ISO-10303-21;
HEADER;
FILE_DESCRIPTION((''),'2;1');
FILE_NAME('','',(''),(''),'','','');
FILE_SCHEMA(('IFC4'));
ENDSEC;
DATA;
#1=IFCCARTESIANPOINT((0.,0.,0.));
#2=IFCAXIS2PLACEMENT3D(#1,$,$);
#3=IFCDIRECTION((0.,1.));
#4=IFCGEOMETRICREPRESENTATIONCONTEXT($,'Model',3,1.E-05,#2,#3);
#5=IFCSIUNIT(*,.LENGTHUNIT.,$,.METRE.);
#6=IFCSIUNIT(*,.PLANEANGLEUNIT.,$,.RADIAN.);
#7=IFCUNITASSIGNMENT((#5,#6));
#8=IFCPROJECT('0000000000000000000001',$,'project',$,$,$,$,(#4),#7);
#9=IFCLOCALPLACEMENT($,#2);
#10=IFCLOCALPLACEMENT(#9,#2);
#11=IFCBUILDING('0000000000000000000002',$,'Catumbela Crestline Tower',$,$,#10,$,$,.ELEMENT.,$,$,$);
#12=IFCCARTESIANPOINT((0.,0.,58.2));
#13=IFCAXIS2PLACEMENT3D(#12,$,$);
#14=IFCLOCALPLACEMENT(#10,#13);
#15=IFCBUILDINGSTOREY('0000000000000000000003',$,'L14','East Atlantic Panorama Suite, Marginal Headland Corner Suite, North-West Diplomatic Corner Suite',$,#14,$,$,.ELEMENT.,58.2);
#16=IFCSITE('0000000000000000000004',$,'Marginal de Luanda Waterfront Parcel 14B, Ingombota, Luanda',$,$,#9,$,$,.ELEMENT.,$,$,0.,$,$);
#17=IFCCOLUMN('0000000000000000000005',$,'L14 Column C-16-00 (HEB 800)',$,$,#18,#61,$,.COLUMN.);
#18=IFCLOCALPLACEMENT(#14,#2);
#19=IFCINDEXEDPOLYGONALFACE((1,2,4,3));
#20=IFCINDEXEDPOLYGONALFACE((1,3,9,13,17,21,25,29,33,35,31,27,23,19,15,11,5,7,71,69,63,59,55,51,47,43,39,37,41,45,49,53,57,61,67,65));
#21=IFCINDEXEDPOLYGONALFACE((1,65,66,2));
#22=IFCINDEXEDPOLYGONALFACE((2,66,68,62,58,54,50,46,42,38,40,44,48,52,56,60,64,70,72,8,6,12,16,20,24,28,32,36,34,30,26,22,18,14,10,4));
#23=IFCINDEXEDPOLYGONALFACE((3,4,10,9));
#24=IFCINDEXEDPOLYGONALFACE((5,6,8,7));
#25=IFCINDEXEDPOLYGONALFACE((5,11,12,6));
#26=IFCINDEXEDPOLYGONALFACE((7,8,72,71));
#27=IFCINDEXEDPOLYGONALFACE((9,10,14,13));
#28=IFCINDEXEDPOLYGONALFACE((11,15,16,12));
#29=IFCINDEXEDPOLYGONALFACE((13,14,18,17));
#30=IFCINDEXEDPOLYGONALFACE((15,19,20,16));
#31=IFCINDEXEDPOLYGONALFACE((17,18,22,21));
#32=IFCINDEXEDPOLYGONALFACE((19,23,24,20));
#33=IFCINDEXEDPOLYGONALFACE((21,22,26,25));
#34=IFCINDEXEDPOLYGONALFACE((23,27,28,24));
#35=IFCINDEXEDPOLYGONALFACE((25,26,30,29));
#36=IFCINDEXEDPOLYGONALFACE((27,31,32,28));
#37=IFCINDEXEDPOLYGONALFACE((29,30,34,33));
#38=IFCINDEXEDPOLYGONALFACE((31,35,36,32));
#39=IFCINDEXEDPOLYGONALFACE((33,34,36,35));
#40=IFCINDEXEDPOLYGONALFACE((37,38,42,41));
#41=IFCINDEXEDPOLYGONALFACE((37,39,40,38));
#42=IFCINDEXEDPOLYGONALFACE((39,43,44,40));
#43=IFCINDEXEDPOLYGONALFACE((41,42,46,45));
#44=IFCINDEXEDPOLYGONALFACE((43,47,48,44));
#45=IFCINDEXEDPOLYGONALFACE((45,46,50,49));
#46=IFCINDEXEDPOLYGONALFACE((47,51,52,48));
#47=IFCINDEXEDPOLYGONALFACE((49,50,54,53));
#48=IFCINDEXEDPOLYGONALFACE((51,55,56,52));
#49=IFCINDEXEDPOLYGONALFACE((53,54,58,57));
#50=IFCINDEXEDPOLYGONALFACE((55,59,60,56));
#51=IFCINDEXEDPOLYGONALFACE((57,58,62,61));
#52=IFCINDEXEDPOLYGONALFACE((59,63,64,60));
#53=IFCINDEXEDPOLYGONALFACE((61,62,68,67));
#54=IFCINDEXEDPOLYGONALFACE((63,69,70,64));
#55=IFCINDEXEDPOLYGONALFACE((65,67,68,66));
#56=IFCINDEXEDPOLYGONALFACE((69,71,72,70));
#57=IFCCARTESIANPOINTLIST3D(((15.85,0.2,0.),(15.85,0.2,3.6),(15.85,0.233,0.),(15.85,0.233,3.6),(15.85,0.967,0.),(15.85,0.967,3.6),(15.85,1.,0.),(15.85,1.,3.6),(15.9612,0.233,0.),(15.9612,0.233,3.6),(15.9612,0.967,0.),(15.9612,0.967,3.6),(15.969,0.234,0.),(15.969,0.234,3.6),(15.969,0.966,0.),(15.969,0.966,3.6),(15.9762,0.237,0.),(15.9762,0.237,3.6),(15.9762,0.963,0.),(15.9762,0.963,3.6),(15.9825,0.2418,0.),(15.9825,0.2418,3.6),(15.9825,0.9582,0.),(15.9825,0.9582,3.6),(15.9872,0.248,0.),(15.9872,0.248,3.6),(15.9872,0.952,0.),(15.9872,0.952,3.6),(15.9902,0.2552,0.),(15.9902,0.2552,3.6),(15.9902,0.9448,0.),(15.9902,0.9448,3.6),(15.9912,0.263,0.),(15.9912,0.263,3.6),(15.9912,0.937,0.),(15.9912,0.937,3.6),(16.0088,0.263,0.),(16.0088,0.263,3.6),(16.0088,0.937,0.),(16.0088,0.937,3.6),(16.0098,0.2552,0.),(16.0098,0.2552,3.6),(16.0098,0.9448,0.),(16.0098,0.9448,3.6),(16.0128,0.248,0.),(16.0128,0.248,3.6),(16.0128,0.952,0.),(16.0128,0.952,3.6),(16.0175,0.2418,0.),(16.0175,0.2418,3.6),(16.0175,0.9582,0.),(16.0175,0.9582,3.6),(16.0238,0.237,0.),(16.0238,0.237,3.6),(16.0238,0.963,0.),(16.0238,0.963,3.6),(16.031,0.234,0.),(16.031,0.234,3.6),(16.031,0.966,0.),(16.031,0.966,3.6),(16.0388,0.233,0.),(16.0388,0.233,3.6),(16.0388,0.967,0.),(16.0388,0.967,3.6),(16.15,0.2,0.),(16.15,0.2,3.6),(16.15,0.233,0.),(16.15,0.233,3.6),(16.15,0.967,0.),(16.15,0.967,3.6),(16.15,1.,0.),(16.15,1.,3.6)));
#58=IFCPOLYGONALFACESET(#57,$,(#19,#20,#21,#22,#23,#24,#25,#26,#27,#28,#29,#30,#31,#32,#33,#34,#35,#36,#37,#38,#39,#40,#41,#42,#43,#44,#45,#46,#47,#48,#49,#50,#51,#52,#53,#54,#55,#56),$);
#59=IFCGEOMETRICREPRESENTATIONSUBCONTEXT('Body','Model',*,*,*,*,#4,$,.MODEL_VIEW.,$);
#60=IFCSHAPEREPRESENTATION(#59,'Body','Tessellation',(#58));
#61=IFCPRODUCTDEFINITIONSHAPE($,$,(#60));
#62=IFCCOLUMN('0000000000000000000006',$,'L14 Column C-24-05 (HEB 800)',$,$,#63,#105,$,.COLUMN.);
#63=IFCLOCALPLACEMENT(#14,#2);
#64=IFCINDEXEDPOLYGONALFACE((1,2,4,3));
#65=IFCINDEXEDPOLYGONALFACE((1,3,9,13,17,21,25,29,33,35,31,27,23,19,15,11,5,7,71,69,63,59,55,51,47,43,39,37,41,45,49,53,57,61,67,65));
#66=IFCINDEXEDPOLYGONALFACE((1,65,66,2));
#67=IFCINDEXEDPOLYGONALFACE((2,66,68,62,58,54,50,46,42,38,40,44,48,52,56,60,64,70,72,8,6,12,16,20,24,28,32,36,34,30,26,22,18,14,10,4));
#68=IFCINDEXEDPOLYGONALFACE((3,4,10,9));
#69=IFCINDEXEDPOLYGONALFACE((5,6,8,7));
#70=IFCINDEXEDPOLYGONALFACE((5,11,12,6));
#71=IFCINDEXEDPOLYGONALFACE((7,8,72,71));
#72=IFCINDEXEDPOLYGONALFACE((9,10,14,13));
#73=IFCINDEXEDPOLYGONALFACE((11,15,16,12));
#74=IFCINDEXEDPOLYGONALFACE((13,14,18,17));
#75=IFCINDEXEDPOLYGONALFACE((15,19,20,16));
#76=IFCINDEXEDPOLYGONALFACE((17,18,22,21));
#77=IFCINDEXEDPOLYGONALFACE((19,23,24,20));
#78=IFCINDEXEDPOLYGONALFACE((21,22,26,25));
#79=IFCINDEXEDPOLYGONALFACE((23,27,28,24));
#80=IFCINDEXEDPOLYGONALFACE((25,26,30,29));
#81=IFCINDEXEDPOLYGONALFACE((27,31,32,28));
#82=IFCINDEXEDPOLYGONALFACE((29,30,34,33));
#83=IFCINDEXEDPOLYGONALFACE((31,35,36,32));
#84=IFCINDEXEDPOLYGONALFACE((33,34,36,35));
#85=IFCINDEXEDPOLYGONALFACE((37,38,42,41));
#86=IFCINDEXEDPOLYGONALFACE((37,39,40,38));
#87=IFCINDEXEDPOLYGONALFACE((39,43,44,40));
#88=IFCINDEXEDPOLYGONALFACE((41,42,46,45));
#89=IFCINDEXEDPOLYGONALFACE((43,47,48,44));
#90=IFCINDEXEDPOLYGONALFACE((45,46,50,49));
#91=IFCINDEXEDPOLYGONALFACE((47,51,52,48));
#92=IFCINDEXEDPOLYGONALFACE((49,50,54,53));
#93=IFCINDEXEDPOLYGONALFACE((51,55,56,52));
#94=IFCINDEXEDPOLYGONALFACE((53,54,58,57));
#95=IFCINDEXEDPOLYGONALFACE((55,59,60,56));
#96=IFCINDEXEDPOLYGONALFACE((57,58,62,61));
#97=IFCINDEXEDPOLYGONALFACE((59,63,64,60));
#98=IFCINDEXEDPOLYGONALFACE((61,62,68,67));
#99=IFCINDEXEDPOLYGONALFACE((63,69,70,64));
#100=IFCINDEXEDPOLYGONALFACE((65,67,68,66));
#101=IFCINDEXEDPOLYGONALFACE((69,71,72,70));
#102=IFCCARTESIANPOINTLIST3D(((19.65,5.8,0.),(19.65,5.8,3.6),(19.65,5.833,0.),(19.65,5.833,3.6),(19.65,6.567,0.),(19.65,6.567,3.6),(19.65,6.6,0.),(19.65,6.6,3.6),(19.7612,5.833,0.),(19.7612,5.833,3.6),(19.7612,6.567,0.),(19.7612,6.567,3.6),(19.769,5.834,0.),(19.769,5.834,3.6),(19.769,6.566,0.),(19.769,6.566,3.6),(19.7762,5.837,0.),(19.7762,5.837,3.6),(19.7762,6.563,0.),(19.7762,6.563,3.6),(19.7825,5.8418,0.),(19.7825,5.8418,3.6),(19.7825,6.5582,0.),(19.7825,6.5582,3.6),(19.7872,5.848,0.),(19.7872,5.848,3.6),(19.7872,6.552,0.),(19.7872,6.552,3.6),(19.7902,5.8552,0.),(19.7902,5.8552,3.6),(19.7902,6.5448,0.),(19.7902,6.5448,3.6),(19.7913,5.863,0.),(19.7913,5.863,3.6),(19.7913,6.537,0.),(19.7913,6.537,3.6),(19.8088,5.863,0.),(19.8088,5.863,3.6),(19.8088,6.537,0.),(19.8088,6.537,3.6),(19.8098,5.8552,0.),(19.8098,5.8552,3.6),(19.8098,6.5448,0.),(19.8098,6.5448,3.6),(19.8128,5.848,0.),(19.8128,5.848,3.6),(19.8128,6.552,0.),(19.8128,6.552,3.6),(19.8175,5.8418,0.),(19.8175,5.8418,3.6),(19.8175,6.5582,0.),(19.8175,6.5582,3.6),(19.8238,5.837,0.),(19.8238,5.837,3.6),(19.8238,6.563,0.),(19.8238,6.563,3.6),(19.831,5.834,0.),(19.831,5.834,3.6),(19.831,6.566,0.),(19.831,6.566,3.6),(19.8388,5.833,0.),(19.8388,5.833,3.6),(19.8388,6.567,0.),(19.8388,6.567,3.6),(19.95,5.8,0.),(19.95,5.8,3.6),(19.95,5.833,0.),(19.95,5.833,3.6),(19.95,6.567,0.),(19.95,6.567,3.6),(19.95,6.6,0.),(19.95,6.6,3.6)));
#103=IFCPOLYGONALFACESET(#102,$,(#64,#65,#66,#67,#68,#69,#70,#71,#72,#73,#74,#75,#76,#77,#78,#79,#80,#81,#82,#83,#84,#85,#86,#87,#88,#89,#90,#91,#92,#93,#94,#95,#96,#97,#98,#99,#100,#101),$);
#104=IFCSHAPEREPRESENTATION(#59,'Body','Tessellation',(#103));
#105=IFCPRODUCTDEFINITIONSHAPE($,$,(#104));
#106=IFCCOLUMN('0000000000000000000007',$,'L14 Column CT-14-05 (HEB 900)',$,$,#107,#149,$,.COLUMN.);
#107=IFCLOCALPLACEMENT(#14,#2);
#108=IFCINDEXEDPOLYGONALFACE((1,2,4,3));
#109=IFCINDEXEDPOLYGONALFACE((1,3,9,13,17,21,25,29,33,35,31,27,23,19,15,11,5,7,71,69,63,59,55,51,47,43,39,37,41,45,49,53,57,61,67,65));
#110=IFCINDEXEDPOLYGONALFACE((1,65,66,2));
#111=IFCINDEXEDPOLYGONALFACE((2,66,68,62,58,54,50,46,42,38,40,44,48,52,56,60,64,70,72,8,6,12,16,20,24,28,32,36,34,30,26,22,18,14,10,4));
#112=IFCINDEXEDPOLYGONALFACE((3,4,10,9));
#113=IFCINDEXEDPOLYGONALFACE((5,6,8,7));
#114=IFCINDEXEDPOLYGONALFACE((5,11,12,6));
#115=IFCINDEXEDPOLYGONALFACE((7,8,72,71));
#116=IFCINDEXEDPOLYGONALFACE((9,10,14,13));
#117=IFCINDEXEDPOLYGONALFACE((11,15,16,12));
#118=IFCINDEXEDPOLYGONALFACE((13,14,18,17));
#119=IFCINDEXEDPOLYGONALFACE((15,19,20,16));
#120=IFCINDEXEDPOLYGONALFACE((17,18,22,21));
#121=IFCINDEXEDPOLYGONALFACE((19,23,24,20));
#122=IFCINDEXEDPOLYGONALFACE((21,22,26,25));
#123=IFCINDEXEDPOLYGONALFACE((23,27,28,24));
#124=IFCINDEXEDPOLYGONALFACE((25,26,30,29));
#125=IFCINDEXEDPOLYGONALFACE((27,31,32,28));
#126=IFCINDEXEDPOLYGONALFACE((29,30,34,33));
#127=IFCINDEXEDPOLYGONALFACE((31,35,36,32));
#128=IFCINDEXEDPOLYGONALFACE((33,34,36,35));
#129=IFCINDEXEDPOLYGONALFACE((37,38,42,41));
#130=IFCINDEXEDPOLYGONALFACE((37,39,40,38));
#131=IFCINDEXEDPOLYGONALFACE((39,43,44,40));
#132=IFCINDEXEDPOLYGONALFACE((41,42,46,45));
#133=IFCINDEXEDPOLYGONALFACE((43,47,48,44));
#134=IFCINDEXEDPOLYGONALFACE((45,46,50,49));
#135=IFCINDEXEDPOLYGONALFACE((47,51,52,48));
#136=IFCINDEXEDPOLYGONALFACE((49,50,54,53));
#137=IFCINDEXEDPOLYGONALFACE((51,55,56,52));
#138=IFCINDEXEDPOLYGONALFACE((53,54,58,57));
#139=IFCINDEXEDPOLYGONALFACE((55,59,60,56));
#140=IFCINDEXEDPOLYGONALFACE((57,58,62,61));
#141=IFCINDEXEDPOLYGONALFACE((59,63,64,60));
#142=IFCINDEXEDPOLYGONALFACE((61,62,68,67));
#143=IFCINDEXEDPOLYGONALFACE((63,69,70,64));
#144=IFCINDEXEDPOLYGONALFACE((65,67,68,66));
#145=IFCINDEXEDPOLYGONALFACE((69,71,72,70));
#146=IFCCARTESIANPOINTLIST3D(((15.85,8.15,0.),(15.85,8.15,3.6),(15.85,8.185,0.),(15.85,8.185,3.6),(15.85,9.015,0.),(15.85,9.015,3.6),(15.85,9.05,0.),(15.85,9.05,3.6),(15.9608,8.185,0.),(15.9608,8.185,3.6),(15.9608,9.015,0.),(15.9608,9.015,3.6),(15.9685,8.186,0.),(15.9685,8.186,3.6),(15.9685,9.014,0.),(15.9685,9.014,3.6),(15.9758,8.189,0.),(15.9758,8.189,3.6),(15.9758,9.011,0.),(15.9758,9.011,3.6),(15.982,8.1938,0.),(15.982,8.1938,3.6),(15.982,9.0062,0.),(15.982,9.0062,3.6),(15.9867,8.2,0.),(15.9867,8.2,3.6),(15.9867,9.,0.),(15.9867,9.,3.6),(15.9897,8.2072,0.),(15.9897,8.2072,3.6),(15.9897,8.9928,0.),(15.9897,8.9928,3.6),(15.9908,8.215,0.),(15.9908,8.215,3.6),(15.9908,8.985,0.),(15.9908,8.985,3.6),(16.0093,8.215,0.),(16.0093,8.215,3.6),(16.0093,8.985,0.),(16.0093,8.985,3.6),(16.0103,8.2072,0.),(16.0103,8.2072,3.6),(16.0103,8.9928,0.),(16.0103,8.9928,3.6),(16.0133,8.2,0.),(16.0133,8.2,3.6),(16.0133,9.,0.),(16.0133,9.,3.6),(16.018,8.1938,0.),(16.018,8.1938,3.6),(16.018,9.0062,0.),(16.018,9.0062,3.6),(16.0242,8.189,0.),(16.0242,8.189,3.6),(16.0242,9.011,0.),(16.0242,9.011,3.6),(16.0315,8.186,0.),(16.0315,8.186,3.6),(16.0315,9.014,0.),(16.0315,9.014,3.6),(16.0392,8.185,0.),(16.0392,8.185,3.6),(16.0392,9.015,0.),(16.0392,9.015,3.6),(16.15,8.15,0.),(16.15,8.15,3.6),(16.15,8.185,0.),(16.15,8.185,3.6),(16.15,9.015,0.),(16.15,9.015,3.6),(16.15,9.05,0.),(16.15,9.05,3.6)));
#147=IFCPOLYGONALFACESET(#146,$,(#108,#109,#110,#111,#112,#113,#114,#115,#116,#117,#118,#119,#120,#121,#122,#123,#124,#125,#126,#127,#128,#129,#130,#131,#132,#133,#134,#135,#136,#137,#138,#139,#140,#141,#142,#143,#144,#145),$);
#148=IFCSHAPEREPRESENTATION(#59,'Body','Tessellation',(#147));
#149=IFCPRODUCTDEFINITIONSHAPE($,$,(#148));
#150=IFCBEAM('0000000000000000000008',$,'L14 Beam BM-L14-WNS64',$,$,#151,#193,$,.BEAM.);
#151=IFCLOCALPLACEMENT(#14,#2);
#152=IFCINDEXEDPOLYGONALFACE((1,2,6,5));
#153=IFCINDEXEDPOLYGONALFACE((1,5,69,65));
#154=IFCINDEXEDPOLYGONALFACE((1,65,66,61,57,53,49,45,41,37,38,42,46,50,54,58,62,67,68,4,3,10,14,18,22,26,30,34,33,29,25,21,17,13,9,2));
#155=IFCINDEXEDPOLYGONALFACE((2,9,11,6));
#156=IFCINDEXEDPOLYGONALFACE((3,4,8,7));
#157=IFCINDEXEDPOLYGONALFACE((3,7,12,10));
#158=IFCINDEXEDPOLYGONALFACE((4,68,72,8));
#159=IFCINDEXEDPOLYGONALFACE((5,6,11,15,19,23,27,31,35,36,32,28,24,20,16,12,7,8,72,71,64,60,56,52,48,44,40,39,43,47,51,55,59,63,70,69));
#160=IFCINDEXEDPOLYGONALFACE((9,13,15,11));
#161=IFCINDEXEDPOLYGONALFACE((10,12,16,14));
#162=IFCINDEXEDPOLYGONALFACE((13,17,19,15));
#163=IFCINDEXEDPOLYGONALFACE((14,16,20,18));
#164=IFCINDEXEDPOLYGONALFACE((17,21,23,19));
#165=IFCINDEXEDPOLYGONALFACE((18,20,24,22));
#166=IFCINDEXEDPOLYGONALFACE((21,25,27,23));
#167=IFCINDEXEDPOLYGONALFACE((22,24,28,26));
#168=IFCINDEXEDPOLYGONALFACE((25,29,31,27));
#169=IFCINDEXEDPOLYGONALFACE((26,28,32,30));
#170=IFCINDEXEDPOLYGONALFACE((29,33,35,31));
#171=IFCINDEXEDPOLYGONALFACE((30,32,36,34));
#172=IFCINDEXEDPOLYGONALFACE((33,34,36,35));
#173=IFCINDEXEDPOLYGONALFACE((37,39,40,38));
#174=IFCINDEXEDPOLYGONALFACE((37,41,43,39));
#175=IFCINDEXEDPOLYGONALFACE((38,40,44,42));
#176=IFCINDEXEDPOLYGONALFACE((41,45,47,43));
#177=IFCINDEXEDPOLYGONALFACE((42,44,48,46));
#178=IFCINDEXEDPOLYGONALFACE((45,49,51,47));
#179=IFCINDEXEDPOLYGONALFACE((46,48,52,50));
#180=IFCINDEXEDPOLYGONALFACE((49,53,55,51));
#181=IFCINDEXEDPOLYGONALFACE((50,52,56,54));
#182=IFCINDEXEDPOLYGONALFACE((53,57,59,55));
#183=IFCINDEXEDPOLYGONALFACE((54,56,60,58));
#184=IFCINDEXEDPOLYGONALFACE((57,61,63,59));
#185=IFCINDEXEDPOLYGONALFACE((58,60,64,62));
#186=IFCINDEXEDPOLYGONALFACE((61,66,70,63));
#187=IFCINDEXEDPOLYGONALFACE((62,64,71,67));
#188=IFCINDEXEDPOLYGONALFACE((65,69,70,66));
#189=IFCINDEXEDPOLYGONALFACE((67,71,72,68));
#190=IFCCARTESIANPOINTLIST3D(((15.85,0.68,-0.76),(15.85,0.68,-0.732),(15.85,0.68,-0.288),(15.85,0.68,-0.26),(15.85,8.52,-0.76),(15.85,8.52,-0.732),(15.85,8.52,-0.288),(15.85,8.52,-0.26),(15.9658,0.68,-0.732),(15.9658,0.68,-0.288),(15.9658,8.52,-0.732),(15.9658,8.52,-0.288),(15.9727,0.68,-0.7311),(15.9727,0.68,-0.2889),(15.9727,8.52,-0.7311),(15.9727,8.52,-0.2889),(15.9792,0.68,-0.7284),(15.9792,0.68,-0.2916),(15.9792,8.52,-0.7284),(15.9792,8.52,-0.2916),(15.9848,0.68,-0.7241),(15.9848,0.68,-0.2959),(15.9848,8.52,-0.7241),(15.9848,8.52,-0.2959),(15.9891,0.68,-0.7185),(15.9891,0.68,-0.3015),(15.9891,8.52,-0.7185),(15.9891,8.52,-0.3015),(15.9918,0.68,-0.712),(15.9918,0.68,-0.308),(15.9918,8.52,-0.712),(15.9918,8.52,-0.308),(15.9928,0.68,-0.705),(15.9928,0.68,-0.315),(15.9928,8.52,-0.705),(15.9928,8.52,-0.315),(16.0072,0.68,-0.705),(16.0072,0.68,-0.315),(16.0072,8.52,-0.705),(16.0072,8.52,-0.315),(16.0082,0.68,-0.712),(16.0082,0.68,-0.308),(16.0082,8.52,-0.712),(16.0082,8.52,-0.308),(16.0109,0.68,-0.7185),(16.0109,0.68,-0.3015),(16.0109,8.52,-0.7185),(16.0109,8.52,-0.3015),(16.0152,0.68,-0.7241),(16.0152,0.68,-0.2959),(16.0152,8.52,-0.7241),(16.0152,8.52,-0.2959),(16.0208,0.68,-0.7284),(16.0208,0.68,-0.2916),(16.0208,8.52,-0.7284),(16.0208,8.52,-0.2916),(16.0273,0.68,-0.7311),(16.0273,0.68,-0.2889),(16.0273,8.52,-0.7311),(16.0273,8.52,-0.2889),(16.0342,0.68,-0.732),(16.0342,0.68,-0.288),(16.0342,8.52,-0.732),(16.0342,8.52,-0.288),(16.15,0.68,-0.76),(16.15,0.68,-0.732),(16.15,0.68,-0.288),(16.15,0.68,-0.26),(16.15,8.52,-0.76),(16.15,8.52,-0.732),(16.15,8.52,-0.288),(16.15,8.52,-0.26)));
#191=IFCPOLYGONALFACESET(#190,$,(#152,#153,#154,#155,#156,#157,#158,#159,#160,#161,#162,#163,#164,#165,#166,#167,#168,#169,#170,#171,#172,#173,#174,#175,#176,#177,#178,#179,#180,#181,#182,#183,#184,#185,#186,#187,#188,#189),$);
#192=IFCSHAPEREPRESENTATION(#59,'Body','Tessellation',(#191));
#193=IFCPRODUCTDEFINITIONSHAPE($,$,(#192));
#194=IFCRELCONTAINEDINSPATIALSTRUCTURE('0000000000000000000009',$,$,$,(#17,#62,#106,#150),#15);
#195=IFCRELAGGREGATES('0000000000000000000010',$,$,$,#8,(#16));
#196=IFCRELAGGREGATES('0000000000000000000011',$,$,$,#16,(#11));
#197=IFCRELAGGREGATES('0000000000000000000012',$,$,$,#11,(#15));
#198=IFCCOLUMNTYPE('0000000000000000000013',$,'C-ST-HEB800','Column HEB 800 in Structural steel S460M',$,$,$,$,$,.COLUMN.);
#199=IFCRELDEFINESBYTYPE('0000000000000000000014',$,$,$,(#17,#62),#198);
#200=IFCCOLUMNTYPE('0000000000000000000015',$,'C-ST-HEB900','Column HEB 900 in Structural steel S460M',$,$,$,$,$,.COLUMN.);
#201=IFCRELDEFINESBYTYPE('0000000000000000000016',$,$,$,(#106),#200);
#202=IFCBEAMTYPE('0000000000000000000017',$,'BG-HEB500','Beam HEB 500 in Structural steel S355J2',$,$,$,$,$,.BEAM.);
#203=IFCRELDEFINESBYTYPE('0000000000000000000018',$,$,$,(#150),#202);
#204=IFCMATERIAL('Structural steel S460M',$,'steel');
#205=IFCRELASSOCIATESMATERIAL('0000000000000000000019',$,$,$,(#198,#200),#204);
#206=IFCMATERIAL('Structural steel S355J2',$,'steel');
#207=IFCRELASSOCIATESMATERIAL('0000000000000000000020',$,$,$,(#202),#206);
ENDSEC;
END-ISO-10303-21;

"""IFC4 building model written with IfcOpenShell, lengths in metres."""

from ifc_helpers import new_model, si_unit, direction, frame, origin, origin_2d, place, context, subcontext, project, spatial, i_section, extrude, material, material_profile, profile_set, type_object, element, save


model = new_model("IFC4")

# Units and contexts
model_context = context("Model", 3, precision=1e-05, world=origin(), true_north=direction((0.0, 1.0)))
body_context = subcontext(model_context, "Body", "Model", "MODEL_VIEW")
ifc_project = project(units=[si_unit("LENGTHUNIT", "METRE"), si_unit("PLANEANGLEUNIT", "RADIAN")], contexts=[model_context])

# Site, building, storey
site_placement = place(None, origin())
site = spatial("IfcSite", under=ifc_project, at=site_placement, Name="Marginal de Luanda Waterfront Parcel 14B, Ingombota, Luanda", CompositionType="ELEMENT", RefElevation=0.0)
building_placement = place(site_placement, origin())
building = spatial("IfcBuilding", under=site, at=building_placement, Name="Catumbela Crestline Tower", CompositionType="ELEMENT")
storey_placement = place(building_placement, frame((0.0, 0.0, 58.2)))
storey = spatial("IfcBuildingStorey", under=building, at=storey_placement, Name="L14", Description="East Atlantic Panorama Suite, Marginal Headland Corner Suite, North-West Diplomatic Corner Suite", CompositionType="ELEMENT", Elevation=58.2)

# Columns
ifc_material_1 = material(Name="Structural steel S460M", Category="steel")
ifc_material_profile_1 = material_profile(ifc_material_1, i_section(OverallWidth=0.3, OverallDepth=0.8, WebThickness=0.0175, FlangeThickness=0.033, FilletRadius=0.03, at=origin_2d()), Name="HEB 800")
ifc_profile_set_1 = profile_set([ifc_material_profile_1], Name="Structural steel S460M")
column_type_1 = type_object("IfcColumnType", Name="C-ST-HEB800", Description="Column HEB 800 in Structural steel S460M", PredefinedType="COLUMN", material=ifc_profile_set_1)
for number, where, z_axis, x_axis, name in (
    (1, (16.0, 0.6, 0.0), (0.0, 0.0, 1.0), (1.0, 0.0, 0.0), "L14 Column C-16-00 (HEB 800)"),
    (2, (19.8, 6.2, 0.0), (0.0, 0.0, 1.0), (1.0, 0.0, 0.0), "L14 Column C-24-05 (HEB 800)"),
):
    element("IfcColumn", number, at=place(storey_placement, frame(where, z_axis=z_axis, x_axis=x_axis)), inside=storey, type_object=column_type_1, Name=name, PredefinedType="COLUMN", context=body_context, shape_type="SweptSolid", body=[
        extrude(i_section(OverallWidth=0.3, OverallDepth=0.8, WebThickness=0.0175, FlangeThickness=0.033, FilletRadius=0.03, at=origin_2d()), origin(), (0.0, 0.0, 1.0), 3.6),
    ])
ifc_material_profile_2 = material_profile(ifc_material_1, i_section(OverallWidth=0.3, OverallDepth=0.9, WebThickness=0.0185, FlangeThickness=0.035, FilletRadius=0.03, at=origin_2d()), Name="HEB 900")
ifc_profile_set_2 = profile_set([ifc_material_profile_2], Name="Structural steel S460M")
column_type_2 = type_object("IfcColumnType", Name="C-ST-HEB900", Description="Column HEB 900 in Structural steel S460M", PredefinedType="COLUMN", material=ifc_profile_set_2)
column_placement = place(storey_placement, frame((16.0, 8.6, 0.0), z_axis=(0.0, 0.0, 1.0), x_axis=(1.0, 0.0, 0.0)))
element("IfcColumn", 3, at=column_placement, inside=storey, type_object=column_type_2, Name="L14 Column CT-14-05 (HEB 900)", PredefinedType="COLUMN", context=body_context, shape_type="SweptSolid", body=[
    extrude(i_section(OverallWidth=0.3, OverallDepth=0.9, WebThickness=0.0185, FlangeThickness=0.035, FilletRadius=0.03, at=origin_2d()), origin(), (0.0, 0.0, 1.0), 3.6),
])

# Beam
ifc_material_2 = material(Name="Structural steel S355J2", Category="steel")
ifc_material_profile_3 = material_profile(ifc_material_2, i_section(OverallWidth=0.3, OverallDepth=0.5, WebThickness=0.0145, FlangeThickness=0.028, FilletRadius=0.027, at=origin_2d()), Name="HEB 500")
ifc_profile_set_3 = profile_set([ifc_material_profile_3], Name="Structural steel S355J2")
beam_type = type_object("IfcBeamType", Name="BG-HEB500", Description="Beam HEB 500 in Structural steel S355J2", PredefinedType="BEAM", material=ifc_profile_set_3)
beam_placement = place(storey_placement, frame((16.0, 0.68, -0.51), z_axis=(0.0, 1.0, 0.0), x_axis=(-1.0, 0.0, 0.0)))
element("IfcBeam", 4, at=beam_placement, inside=storey, type_object=beam_type, Name="L14 Beam BM-L14-WNS64", PredefinedType="BEAM", context=body_context, shape_type="SweptSolid", body=[
    extrude(i_section(OverallWidth=0.3, OverallDepth=0.5, WebThickness=0.0145, FlangeThickness=0.028, FilletRadius=0.027, at=origin_2d()), origin(), (0.0, 0.0, 1.0), 7.84),
])

save(model, "model.ifc")
